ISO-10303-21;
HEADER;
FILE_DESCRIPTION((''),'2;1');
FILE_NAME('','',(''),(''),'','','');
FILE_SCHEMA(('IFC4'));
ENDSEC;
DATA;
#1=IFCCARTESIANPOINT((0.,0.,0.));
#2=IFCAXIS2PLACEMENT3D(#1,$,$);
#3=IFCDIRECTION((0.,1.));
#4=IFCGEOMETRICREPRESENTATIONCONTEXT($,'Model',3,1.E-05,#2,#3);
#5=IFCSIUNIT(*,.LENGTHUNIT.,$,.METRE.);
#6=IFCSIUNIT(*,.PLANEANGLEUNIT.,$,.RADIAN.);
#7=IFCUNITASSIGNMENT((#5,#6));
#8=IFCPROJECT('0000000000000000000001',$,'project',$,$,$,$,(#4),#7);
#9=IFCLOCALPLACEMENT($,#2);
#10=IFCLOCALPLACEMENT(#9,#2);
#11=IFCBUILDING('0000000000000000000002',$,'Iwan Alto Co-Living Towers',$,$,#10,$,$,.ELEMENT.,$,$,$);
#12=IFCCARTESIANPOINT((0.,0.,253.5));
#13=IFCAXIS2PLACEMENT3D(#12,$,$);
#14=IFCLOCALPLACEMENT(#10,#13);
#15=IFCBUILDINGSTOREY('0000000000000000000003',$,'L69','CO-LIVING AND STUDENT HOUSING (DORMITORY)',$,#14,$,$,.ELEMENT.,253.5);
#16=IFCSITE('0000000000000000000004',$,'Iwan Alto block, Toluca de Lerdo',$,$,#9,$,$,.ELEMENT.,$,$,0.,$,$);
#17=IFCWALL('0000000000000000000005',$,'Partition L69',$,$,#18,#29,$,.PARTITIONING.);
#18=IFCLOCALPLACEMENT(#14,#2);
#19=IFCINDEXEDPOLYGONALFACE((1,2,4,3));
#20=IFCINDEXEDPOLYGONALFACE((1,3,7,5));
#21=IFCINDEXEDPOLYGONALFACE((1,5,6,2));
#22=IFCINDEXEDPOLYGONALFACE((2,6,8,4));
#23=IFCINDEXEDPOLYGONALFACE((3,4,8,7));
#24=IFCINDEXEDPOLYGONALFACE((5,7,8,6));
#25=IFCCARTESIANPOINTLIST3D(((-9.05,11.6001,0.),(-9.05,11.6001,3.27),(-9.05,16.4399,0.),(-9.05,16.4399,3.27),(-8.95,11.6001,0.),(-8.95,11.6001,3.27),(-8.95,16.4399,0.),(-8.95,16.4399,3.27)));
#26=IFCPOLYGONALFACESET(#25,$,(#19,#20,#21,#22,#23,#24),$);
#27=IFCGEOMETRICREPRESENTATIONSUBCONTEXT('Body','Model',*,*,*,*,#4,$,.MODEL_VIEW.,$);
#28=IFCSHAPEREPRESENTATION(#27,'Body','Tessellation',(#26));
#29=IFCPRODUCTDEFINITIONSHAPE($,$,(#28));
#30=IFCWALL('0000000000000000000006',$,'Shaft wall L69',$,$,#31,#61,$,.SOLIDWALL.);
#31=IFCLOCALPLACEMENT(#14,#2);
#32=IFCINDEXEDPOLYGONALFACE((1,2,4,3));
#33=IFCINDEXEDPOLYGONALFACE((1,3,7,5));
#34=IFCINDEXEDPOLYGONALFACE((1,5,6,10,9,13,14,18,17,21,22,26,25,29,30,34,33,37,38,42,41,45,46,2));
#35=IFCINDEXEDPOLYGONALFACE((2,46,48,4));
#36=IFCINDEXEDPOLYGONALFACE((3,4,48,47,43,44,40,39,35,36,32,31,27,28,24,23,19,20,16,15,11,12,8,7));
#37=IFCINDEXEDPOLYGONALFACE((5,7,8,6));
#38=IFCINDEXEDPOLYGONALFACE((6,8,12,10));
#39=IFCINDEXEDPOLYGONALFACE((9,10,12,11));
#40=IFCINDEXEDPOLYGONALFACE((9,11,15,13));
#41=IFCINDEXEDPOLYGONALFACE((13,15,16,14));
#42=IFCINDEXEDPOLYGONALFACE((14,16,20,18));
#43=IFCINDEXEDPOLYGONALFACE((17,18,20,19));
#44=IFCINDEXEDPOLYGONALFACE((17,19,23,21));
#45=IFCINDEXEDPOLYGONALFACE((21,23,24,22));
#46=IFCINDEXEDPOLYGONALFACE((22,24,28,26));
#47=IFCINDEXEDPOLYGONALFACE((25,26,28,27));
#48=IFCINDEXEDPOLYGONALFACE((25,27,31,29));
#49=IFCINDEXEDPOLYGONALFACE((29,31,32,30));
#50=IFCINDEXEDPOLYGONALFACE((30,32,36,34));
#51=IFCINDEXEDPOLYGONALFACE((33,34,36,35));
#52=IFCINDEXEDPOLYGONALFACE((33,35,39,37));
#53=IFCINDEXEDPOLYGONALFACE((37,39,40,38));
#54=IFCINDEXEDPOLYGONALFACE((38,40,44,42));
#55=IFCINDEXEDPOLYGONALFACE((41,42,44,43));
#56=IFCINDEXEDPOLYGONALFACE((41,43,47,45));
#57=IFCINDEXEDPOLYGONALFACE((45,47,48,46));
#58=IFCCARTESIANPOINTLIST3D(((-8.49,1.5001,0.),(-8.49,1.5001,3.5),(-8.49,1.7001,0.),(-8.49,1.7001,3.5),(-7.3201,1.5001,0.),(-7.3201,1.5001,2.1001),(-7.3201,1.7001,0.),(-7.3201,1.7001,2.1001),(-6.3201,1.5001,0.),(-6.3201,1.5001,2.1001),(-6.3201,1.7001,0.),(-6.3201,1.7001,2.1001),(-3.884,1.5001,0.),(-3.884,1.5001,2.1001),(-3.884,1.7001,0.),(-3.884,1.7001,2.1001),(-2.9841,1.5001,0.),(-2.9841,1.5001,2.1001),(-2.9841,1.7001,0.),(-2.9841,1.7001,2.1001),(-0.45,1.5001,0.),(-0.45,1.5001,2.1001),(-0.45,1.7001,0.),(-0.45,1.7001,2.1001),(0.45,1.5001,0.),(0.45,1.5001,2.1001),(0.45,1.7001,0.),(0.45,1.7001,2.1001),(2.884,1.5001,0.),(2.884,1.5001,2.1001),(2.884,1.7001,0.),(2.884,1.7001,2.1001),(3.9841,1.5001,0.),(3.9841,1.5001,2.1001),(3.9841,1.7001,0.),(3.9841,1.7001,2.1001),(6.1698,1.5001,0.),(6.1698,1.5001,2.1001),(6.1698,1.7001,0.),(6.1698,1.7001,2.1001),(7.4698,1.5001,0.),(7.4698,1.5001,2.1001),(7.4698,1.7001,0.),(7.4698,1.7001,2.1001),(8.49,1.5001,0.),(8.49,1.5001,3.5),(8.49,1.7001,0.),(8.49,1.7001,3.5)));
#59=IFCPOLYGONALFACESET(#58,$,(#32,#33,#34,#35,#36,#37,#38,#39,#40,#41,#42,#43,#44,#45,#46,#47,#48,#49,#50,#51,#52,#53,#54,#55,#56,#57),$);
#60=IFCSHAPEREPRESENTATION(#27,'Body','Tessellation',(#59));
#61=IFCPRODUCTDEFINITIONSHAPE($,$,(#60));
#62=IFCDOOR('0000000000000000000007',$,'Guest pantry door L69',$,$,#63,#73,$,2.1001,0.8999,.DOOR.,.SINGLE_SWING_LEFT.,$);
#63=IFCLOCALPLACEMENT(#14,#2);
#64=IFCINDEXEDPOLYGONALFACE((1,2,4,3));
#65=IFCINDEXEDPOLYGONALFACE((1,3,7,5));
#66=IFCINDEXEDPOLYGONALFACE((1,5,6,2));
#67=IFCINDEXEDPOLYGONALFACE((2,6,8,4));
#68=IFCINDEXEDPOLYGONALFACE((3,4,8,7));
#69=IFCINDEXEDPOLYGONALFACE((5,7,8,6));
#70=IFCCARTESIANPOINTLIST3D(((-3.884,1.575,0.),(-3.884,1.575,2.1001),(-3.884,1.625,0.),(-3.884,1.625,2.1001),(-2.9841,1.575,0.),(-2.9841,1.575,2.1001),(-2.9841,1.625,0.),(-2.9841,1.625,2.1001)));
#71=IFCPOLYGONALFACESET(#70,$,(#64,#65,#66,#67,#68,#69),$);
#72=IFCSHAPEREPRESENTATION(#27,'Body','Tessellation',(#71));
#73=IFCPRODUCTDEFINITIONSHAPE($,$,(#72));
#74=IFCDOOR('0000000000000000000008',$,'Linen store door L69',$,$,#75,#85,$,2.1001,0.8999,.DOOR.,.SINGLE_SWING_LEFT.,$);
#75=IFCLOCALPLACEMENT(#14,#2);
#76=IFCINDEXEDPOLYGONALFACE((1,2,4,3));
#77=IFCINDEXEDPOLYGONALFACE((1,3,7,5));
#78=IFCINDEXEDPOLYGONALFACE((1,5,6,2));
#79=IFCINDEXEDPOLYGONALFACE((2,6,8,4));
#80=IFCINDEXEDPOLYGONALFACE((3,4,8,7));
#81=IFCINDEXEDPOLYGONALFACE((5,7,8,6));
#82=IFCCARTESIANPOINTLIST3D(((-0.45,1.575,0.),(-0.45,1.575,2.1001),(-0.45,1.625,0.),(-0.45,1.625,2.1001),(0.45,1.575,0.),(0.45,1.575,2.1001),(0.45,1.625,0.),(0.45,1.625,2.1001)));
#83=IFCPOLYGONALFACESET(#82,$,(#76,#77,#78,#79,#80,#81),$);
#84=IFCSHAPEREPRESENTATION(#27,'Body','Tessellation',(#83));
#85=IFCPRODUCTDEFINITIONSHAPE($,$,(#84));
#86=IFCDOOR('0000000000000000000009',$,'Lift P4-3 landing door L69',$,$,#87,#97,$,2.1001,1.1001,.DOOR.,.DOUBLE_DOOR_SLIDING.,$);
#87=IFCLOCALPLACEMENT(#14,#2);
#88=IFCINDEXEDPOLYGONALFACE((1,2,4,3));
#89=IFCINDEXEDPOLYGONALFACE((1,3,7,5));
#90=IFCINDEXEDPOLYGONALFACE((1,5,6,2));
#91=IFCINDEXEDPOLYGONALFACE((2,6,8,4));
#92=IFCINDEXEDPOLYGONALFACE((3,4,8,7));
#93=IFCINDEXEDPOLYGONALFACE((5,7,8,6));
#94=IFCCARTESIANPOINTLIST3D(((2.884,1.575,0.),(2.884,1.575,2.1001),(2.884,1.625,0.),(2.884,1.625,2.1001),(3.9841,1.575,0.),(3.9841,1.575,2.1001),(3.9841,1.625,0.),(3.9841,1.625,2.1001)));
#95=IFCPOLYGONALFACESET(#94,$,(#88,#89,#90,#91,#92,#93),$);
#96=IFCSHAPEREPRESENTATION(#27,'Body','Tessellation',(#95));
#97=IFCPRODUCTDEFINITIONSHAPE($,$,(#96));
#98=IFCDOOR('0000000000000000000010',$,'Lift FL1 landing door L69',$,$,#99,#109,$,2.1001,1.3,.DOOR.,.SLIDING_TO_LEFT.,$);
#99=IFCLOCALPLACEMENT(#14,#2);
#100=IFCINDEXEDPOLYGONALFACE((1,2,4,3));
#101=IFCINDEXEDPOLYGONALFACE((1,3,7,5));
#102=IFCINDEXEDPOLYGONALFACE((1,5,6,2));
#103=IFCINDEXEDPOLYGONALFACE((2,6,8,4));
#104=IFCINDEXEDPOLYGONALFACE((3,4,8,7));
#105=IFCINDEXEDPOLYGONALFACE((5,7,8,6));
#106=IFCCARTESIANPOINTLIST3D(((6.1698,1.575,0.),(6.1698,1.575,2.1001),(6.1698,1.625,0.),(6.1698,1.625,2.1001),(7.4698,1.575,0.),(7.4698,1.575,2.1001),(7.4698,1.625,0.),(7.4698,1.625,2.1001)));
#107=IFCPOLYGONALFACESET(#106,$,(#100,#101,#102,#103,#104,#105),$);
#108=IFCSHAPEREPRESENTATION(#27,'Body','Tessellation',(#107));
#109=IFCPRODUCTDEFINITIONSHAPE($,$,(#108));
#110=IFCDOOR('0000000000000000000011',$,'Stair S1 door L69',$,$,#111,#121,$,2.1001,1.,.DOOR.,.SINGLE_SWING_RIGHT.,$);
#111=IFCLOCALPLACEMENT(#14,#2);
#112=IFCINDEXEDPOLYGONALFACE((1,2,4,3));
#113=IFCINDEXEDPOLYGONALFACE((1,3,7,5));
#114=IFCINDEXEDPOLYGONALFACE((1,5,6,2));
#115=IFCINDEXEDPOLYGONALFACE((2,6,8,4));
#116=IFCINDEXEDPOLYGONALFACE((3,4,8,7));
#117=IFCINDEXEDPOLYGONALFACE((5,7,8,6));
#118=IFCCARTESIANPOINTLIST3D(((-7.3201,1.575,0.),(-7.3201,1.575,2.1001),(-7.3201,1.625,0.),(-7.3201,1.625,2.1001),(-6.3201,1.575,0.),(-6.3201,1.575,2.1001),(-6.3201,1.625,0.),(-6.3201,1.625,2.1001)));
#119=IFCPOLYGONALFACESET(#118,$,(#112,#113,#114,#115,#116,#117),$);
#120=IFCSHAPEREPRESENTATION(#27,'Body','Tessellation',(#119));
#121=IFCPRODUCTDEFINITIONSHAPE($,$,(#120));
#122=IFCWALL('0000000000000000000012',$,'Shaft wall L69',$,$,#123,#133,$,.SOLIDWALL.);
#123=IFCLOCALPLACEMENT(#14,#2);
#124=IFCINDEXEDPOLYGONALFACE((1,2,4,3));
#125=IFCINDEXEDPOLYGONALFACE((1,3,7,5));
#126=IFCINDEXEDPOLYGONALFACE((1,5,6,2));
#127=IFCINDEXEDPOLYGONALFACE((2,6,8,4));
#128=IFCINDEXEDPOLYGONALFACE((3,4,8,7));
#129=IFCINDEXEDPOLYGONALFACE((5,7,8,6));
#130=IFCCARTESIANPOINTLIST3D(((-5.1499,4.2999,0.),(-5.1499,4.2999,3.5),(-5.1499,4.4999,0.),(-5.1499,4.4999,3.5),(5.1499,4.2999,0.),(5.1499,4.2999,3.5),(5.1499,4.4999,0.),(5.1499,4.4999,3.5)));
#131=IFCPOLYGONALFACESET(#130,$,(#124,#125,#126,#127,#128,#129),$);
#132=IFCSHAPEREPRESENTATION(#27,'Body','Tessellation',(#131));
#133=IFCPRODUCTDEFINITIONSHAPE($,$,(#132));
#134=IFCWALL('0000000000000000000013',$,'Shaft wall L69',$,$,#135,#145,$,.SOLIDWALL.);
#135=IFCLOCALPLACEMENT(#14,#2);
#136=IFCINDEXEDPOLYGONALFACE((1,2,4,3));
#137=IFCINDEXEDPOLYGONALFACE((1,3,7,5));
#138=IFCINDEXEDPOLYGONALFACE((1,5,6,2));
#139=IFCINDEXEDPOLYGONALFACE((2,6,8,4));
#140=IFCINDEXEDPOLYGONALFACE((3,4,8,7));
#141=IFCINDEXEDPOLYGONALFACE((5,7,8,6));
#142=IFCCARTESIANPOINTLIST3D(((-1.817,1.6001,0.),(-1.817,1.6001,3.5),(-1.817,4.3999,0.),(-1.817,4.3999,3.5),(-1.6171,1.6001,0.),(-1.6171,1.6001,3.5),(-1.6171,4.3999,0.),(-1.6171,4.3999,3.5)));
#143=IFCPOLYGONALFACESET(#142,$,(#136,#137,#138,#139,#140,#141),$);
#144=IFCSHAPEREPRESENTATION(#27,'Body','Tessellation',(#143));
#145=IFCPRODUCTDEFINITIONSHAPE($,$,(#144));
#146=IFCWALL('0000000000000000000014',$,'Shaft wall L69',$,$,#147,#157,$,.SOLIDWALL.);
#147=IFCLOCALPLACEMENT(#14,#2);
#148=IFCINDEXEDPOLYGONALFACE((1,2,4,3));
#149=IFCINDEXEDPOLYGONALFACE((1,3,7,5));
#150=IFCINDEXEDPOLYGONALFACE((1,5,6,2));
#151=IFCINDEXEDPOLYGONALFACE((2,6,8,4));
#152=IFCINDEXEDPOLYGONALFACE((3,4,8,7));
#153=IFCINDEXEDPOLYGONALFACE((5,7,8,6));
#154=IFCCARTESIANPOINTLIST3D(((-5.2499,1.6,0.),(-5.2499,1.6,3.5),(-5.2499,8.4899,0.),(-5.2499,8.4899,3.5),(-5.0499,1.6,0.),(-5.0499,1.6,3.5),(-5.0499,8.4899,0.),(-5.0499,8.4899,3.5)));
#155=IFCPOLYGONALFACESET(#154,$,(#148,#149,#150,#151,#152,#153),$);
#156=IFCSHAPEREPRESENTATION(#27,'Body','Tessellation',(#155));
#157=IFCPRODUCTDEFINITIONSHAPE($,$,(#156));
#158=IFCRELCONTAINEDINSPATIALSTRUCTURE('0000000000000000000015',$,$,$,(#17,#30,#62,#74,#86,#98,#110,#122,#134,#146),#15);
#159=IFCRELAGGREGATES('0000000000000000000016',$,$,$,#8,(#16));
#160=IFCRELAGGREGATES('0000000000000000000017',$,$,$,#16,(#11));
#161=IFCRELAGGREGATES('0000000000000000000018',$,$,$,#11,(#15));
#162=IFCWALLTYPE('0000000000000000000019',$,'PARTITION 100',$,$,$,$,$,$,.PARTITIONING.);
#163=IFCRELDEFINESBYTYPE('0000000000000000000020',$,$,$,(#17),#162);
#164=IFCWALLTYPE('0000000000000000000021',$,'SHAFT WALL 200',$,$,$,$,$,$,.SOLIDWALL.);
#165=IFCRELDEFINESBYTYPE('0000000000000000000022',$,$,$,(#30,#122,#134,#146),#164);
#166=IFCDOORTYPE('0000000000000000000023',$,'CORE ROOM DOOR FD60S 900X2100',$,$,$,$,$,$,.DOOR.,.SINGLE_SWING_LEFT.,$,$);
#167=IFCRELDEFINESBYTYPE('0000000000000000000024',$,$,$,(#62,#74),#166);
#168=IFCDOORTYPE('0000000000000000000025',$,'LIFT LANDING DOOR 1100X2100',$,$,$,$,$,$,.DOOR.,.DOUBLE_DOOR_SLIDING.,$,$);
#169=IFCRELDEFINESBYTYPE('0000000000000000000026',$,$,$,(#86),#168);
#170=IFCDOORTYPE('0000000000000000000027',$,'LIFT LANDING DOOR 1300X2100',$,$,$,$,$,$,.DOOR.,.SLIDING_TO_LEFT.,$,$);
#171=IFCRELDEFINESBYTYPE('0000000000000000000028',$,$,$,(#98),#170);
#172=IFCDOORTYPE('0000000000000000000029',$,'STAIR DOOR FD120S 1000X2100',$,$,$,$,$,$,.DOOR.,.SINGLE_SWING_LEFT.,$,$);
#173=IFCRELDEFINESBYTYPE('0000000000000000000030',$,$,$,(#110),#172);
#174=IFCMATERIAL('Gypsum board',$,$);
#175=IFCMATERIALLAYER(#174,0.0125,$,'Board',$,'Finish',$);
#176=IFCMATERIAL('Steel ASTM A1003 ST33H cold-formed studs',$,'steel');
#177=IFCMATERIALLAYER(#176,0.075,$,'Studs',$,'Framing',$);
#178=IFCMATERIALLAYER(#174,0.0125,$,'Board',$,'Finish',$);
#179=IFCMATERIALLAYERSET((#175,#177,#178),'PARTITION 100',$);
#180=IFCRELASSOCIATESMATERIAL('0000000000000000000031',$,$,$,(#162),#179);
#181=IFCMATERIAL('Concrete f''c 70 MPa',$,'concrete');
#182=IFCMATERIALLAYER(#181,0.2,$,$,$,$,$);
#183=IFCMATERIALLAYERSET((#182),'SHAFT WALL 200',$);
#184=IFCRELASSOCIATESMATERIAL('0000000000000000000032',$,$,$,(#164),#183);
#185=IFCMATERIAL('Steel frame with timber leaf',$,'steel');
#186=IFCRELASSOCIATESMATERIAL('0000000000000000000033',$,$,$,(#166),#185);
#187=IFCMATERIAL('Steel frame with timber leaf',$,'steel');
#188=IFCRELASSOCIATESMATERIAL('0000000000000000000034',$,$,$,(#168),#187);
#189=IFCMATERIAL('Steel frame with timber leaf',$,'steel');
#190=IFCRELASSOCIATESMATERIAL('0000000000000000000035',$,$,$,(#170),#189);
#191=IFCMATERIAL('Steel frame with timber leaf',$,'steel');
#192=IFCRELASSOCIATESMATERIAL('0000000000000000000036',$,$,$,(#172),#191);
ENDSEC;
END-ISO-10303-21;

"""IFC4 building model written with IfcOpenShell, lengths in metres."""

from ifc_helpers import new_model, si_unit, direction, frame, frame_2d, origin, place, context, subcontext, project, spatial, rectangle, extrude, material, layer, layer_set, type_object, element, fill, save


model = new_model("IFC4")

# Units and contexts
model_context = context("Model", 3, precision=1e-05, world=origin(), true_north=direction((0.0, 1.0)))
body_context = subcontext(model_context, "Body", "Model", "MODEL_VIEW")
ifc_project = project(units=[si_unit("LENGTHUNIT", "METRE"), si_unit("PLANEANGLEUNIT", "RADIAN")], contexts=[model_context])

# Site, building, storey
site_placement = place(None, origin())
site = spatial("IfcSite", under=ifc_project, at=site_placement, Name="Iwan Alto block, Toluca de Lerdo", CompositionType="ELEMENT", RefElevation=0.0)
building_placement = place(site_placement, origin())
building = spatial("IfcBuilding", under=site, at=building_placement, Name="Iwan Alto Co-Living Towers", CompositionType="ELEMENT")
storey_placement = place(building_placement, frame((0.0, 0.0, 253.5)))
storey = spatial("IfcBuildingStorey", under=building, at=storey_placement, Name="L69", Description="CO-LIVING AND STUDENT HOUSING (DORMITORY)", CompositionType="ELEMENT", Elevation=253.5)

# Shared definitions
ifc_material_1 = material(Name="Gypsum board")
ifc_material_2 = material(Name="Steel ASTM A1003 ST33H cold-formed studs", Category="steel")

# Wall
ifc_layer_1 = layer(ifc_material_1, 0.0125, Name="Board", Category="Finish")
ifc_layer_2 = layer(ifc_material_2, 0.075, Name="Studs", Category="Framing")
ifc_layer_3 = layer(ifc_material_1, 0.0125, Name="Board", Category="Finish")
ifc_layer_set_1 = layer_set([ifc_layer_1, ifc_layer_2, ifc_layer_3], Name="PARTITION 100")
wall_type_1 = type_object("IfcWallType", Name="PARTITION 100", PredefinedType="PARTITIONING", material=ifc_layer_set_1)
wall_1_placement = place(storey_placement, frame((-9.0, 11.6001, 0.0), z_axis=(0.0, 0.0, 1.0), x_axis=(0.0, 1.0, 0.0)))
element("IfcWall", 1, at=wall_1_placement, inside=storey, type_object=wall_type_1, Name="Partition L69", PredefinedType="PARTITIONING", context=body_context, shape_type="SweptSolid", body=[
    extrude(rectangle(XDim=4.8398, YDim=0.1001, at=frame_2d((2.4199, 0.0))), origin(), (0.0, 0.0, 1.0), 3.27),
])

# Wall, openings, doors
ifc_material_3 = material(Name="Concrete f'c 70 MPa", Category="concrete")
ifc_layer_4 = layer(ifc_material_3, 0.2)
ifc_layer_set_2 = layer_set([ifc_layer_4], Name="SHAFT WALL 200")
wall_type_2 = type_object("IfcWallType", Name="SHAFT WALL 200", PredefinedType="SOLIDWALL", material=ifc_layer_set_2)
wall_2_placement = place(storey_placement, frame((-8.49, 1.6001, 0.0), z_axis=(0.0, 0.0, 1.0), x_axis=(1.0, 0.0, 0.0)))
wall_2 = element("IfcWall", 2, at=wall_2_placement, inside=storey, type_object=wall_type_2, Name="Shaft wall L69", PredefinedType="SOLIDWALL", context=body_context, shape_type="SweptSolid", body=[
    extrude(rectangle(XDim=16.98, YDim=0.2, at=frame_2d((8.49, 0.0))), origin(), (0.0, 0.0, 1.0), 3.5),
])
opening_1_placement = place(wall_2_placement, frame((1.1699, 0.0, 0.0)))
opening_1 = element("IfcOpeningElement", 3, at=opening_1_placement, cuts=wall_2, PredefinedType="OPENING", context=body_context, shape_type="SweptSolid", body=[
    extrude(rectangle(XDim=1.0, YDim=2.1001, at=frame_2d((0.5, 1.05))), frame((0.0, 0.1099, 0.0), z_axis=(0.0, -1.0, 0.0), x_axis=(1.0, 0.0, 0.0)), (0.0, 0.0, 1.0), 0.22),
])
opening_2_placement = place(wall_2_placement, frame((4.606, 0.0, 0.0)))
opening_2 = element("IfcOpeningElement", 4, at=opening_2_placement, cuts=wall_2, PredefinedType="OPENING", context=body_context, shape_type="SweptSolid", body=[
    extrude(rectangle(XDim=0.8999, YDim=2.1001, at=frame_2d((0.45, 1.05))), frame((0.0, 0.1099, 0.0), z_axis=(0.0, -1.0, 0.0), x_axis=(1.0, 0.0, 0.0)), (0.0, 0.0, 1.0), 0.22),
])
opening_3_placement = place(wall_2_placement, frame((8.04, 0.0, 0.0)))
opening_3 = element("IfcOpeningElement", 5, at=opening_3_placement, cuts=wall_2, PredefinedType="OPENING", context=body_context, shape_type="SweptSolid", body=[
    extrude(rectangle(XDim=0.8999, YDim=2.1001, at=frame_2d((0.45, 1.05))), frame((0.0, 0.1099, 0.0), z_axis=(0.0, -1.0, 0.0), x_axis=(1.0, 0.0, 0.0)), (0.0, 0.0, 1.0), 0.22),
])
opening_4_placement = place(wall_2_placement, frame((11.374, 0.0, 0.0)))
opening_4 = element("IfcOpeningElement", 6, at=opening_4_placement, cuts=wall_2, PredefinedType="OPENING", context=body_context, shape_type="SweptSolid", body=[
    extrude(rectangle(XDim=1.1001, YDim=2.1001, at=frame_2d((0.55, 1.05))), frame((0.0, 0.1099, 0.0), z_axis=(0.0, -1.0, 0.0), x_axis=(1.0, 0.0, 0.0)), (0.0, 0.0, 1.0), 0.22),
])
opening_5_placement = place(wall_2_placement, frame((14.6599, 0.0, 0.0)))
opening_5 = element("IfcOpeningElement", 7, at=opening_5_placement, cuts=wall_2, PredefinedType="OPENING", context=body_context, shape_type="SweptSolid", body=[
    extrude(rectangle(XDim=1.3, YDim=2.1001, at=frame_2d((0.6499, 1.05))), frame((0.0, 0.1099, 0.0), z_axis=(0.0, -1.0, 0.0), x_axis=(1.0, 0.0, 0.0)), (0.0, 0.0, 1.0), 0.22),
])
ifc_material_4 = material(Name="Steel frame with timber leaf", Category="steel")
door_type_1 = type_object("IfcDoorType", Name="CORE ROOM DOOR FD60S 900X2100", OperationType="SINGLE_SWING_LEFT", PredefinedType="DOOR", material=ifc_material_4)
door_1_placement = place(opening_2_placement, origin())
door_1 = element("IfcDoor", 8, at=door_1_placement, inside=storey, type_object=door_type_1, Name="Guest pantry door L69", OperationType="SINGLE_SWING_LEFT", OverallHeight=2.1001, OverallWidth=0.8999, PredefinedType="DOOR", context=body_context, shape_type="SweptSolid", body=[
    extrude(rectangle(XDim=0.8999, YDim=2.1001, at=frame_2d((0.45, 1.05))), frame((0.0, 0.0249, 0.0), z_axis=(0.0, -1.0, 0.0), x_axis=(1.0, 0.0, 0.0)), (0.0, 0.0, 1.0), 0.05),
])
fill(opening_2, door_1)
door_2_placement = place(opening_3_placement, origin())
door_2 = element("IfcDoor", 9, at=door_2_placement, inside=storey, type_object=door_type_1, Name="Linen store door L69", OperationType="SINGLE_SWING_LEFT", OverallHeight=2.1001, OverallWidth=0.8999, PredefinedType="DOOR", context=body_context, shape_type="SweptSolid", body=[
    extrude(rectangle(XDim=0.8999, YDim=2.1001, at=frame_2d((0.45, 1.05))), frame((0.0, 0.0249, 0.0), z_axis=(0.0, -1.0, 0.0), x_axis=(1.0, 0.0, 0.0)), (0.0, 0.0, 1.0), 0.05),
])
fill(opening_3, door_2)
ifc_material_5 = material(Name="Steel frame with timber leaf", Category="steel")
door_type_2 = type_object("IfcDoorType", Name="LIFT LANDING DOOR 1100X2100", OperationType="DOUBLE_DOOR_SLIDING", PredefinedType="DOOR", material=ifc_material_5)
door_3_placement = place(opening_4_placement, origin())
door_3 = element("IfcDoor", 10, at=door_3_placement, inside=storey, type_object=door_type_2, Name="Lift P4-3 landing door L69", OperationType="DOUBLE_DOOR_SLIDING", OverallHeight=2.1001, OverallWidth=1.1001, PredefinedType="DOOR", context=body_context, shape_type="SweptSolid", body=[
    extrude(rectangle(XDim=1.1001, YDim=2.1001, at=frame_2d((0.55, 1.05))), frame((0.0, 0.0249, 0.0), z_axis=(0.0, -1.0, 0.0), x_axis=(1.0, 0.0, 0.0)), (0.0, 0.0, 1.0), 0.05),
])
fill(opening_4, door_3)
ifc_material_6 = material(Name="Steel frame with timber leaf", Category="steel")
door_type_3 = type_object("IfcDoorType", Name="LIFT LANDING DOOR 1300X2100", OperationType="SLIDING_TO_LEFT", PredefinedType="DOOR", material=ifc_material_6)
door_4_placement = place(opening_5_placement, origin())
door_4 = element("IfcDoor", 11, at=door_4_placement, inside=storey, type_object=door_type_3, Name="Lift FL1 landing door L69", OperationType="SLIDING_TO_LEFT", OverallHeight=2.1001, OverallWidth=1.3, PredefinedType="DOOR", context=body_context, shape_type="SweptSolid", body=[
    extrude(rectangle(XDim=1.3, YDim=2.1001, at=frame_2d((0.6499, 1.05))), frame((0.0, 0.0249, 0.0), z_axis=(0.0, -1.0, 0.0), x_axis=(1.0, 0.0, 0.0)), (0.0, 0.0, 1.0), 0.05),
])
fill(opening_5, door_4)
ifc_material_7 = material(Name="Steel frame with timber leaf", Category="steel")
door_type_4 = type_object("IfcDoorType", Name="STAIR DOOR FD120S 1000X2100", OperationType="SINGLE_SWING_LEFT", PredefinedType="DOOR", material=ifc_material_7)
door_5_placement = place(opening_1_placement, origin())
door_5 = element("IfcDoor", 12, at=door_5_placement, inside=storey, type_object=door_type_4, Name="Stair S1 door L69", OperationType="SINGLE_SWING_RIGHT", OverallHeight=2.1001, OverallWidth=1.0, PredefinedType="DOOR", context=body_context, shape_type="SweptSolid", body=[
    extrude(rectangle(XDim=1.0, YDim=2.1001, at=frame_2d((0.5, 1.05))), frame((0.0, 0.0249, 0.0), z_axis=(0.0, -1.0, 0.0), x_axis=(1.0, 0.0, 0.0)), (0.0, 0.0, 1.0), 0.05),
])
fill(opening_1, door_5)

# Walls
wall_3_placement = place(storey_placement, frame((-5.1499, 4.3999, 0.0), z_axis=(0.0, 0.0, 1.0), x_axis=(1.0, 0.0, 0.0)))
element("IfcWall", 13, at=wall_3_placement, inside=storey, type_object=wall_type_2, Name="Shaft wall L69", PredefinedType="SOLIDWALL", context=body_context, shape_type="SweptSolid", body=[
    extrude(rectangle(XDim=10.2998, YDim=0.2, at=frame_2d((5.1499, 0.0))), origin(), (0.0, 0.0, 1.0), 3.5),
])
wall_4_placement = place(storey_placement, frame((-1.717, 1.6001, 0.0), z_axis=(0.0, 0.0, 1.0), x_axis=(0.0, 1.0, 0.0)))
element("IfcWall", 14, at=wall_4_placement, inside=storey, type_object=wall_type_2, Name="Shaft wall L69", PredefinedType="SOLIDWALL", context=body_context, shape_type="SweptSolid", body=[
    extrude(rectangle(XDim=2.7998, YDim=0.2, at=frame_2d((1.3999, 0.0))), origin(), (0.0, 0.0, 1.0), 3.5),
])
wall_5_placement = place(storey_placement, frame((-5.1499, 1.6001, 0.0), z_axis=(0.0, 0.0, 1.0), x_axis=(0.0, 1.0, 0.0)))
element("IfcWall", 15, at=wall_5_placement, inside=storey, type_object=wall_type_2, Name="Shaft wall L69", PredefinedType="SOLIDWALL", context=body_context, shape_type="SweptSolid", body=[
    extrude(rectangle(XDim=6.8899, YDim=0.2, at=frame_2d((3.4448, 0.0))), origin(), (0.0, 0.0, 1.0), 3.5),
])

save(model, "model.ifc")
